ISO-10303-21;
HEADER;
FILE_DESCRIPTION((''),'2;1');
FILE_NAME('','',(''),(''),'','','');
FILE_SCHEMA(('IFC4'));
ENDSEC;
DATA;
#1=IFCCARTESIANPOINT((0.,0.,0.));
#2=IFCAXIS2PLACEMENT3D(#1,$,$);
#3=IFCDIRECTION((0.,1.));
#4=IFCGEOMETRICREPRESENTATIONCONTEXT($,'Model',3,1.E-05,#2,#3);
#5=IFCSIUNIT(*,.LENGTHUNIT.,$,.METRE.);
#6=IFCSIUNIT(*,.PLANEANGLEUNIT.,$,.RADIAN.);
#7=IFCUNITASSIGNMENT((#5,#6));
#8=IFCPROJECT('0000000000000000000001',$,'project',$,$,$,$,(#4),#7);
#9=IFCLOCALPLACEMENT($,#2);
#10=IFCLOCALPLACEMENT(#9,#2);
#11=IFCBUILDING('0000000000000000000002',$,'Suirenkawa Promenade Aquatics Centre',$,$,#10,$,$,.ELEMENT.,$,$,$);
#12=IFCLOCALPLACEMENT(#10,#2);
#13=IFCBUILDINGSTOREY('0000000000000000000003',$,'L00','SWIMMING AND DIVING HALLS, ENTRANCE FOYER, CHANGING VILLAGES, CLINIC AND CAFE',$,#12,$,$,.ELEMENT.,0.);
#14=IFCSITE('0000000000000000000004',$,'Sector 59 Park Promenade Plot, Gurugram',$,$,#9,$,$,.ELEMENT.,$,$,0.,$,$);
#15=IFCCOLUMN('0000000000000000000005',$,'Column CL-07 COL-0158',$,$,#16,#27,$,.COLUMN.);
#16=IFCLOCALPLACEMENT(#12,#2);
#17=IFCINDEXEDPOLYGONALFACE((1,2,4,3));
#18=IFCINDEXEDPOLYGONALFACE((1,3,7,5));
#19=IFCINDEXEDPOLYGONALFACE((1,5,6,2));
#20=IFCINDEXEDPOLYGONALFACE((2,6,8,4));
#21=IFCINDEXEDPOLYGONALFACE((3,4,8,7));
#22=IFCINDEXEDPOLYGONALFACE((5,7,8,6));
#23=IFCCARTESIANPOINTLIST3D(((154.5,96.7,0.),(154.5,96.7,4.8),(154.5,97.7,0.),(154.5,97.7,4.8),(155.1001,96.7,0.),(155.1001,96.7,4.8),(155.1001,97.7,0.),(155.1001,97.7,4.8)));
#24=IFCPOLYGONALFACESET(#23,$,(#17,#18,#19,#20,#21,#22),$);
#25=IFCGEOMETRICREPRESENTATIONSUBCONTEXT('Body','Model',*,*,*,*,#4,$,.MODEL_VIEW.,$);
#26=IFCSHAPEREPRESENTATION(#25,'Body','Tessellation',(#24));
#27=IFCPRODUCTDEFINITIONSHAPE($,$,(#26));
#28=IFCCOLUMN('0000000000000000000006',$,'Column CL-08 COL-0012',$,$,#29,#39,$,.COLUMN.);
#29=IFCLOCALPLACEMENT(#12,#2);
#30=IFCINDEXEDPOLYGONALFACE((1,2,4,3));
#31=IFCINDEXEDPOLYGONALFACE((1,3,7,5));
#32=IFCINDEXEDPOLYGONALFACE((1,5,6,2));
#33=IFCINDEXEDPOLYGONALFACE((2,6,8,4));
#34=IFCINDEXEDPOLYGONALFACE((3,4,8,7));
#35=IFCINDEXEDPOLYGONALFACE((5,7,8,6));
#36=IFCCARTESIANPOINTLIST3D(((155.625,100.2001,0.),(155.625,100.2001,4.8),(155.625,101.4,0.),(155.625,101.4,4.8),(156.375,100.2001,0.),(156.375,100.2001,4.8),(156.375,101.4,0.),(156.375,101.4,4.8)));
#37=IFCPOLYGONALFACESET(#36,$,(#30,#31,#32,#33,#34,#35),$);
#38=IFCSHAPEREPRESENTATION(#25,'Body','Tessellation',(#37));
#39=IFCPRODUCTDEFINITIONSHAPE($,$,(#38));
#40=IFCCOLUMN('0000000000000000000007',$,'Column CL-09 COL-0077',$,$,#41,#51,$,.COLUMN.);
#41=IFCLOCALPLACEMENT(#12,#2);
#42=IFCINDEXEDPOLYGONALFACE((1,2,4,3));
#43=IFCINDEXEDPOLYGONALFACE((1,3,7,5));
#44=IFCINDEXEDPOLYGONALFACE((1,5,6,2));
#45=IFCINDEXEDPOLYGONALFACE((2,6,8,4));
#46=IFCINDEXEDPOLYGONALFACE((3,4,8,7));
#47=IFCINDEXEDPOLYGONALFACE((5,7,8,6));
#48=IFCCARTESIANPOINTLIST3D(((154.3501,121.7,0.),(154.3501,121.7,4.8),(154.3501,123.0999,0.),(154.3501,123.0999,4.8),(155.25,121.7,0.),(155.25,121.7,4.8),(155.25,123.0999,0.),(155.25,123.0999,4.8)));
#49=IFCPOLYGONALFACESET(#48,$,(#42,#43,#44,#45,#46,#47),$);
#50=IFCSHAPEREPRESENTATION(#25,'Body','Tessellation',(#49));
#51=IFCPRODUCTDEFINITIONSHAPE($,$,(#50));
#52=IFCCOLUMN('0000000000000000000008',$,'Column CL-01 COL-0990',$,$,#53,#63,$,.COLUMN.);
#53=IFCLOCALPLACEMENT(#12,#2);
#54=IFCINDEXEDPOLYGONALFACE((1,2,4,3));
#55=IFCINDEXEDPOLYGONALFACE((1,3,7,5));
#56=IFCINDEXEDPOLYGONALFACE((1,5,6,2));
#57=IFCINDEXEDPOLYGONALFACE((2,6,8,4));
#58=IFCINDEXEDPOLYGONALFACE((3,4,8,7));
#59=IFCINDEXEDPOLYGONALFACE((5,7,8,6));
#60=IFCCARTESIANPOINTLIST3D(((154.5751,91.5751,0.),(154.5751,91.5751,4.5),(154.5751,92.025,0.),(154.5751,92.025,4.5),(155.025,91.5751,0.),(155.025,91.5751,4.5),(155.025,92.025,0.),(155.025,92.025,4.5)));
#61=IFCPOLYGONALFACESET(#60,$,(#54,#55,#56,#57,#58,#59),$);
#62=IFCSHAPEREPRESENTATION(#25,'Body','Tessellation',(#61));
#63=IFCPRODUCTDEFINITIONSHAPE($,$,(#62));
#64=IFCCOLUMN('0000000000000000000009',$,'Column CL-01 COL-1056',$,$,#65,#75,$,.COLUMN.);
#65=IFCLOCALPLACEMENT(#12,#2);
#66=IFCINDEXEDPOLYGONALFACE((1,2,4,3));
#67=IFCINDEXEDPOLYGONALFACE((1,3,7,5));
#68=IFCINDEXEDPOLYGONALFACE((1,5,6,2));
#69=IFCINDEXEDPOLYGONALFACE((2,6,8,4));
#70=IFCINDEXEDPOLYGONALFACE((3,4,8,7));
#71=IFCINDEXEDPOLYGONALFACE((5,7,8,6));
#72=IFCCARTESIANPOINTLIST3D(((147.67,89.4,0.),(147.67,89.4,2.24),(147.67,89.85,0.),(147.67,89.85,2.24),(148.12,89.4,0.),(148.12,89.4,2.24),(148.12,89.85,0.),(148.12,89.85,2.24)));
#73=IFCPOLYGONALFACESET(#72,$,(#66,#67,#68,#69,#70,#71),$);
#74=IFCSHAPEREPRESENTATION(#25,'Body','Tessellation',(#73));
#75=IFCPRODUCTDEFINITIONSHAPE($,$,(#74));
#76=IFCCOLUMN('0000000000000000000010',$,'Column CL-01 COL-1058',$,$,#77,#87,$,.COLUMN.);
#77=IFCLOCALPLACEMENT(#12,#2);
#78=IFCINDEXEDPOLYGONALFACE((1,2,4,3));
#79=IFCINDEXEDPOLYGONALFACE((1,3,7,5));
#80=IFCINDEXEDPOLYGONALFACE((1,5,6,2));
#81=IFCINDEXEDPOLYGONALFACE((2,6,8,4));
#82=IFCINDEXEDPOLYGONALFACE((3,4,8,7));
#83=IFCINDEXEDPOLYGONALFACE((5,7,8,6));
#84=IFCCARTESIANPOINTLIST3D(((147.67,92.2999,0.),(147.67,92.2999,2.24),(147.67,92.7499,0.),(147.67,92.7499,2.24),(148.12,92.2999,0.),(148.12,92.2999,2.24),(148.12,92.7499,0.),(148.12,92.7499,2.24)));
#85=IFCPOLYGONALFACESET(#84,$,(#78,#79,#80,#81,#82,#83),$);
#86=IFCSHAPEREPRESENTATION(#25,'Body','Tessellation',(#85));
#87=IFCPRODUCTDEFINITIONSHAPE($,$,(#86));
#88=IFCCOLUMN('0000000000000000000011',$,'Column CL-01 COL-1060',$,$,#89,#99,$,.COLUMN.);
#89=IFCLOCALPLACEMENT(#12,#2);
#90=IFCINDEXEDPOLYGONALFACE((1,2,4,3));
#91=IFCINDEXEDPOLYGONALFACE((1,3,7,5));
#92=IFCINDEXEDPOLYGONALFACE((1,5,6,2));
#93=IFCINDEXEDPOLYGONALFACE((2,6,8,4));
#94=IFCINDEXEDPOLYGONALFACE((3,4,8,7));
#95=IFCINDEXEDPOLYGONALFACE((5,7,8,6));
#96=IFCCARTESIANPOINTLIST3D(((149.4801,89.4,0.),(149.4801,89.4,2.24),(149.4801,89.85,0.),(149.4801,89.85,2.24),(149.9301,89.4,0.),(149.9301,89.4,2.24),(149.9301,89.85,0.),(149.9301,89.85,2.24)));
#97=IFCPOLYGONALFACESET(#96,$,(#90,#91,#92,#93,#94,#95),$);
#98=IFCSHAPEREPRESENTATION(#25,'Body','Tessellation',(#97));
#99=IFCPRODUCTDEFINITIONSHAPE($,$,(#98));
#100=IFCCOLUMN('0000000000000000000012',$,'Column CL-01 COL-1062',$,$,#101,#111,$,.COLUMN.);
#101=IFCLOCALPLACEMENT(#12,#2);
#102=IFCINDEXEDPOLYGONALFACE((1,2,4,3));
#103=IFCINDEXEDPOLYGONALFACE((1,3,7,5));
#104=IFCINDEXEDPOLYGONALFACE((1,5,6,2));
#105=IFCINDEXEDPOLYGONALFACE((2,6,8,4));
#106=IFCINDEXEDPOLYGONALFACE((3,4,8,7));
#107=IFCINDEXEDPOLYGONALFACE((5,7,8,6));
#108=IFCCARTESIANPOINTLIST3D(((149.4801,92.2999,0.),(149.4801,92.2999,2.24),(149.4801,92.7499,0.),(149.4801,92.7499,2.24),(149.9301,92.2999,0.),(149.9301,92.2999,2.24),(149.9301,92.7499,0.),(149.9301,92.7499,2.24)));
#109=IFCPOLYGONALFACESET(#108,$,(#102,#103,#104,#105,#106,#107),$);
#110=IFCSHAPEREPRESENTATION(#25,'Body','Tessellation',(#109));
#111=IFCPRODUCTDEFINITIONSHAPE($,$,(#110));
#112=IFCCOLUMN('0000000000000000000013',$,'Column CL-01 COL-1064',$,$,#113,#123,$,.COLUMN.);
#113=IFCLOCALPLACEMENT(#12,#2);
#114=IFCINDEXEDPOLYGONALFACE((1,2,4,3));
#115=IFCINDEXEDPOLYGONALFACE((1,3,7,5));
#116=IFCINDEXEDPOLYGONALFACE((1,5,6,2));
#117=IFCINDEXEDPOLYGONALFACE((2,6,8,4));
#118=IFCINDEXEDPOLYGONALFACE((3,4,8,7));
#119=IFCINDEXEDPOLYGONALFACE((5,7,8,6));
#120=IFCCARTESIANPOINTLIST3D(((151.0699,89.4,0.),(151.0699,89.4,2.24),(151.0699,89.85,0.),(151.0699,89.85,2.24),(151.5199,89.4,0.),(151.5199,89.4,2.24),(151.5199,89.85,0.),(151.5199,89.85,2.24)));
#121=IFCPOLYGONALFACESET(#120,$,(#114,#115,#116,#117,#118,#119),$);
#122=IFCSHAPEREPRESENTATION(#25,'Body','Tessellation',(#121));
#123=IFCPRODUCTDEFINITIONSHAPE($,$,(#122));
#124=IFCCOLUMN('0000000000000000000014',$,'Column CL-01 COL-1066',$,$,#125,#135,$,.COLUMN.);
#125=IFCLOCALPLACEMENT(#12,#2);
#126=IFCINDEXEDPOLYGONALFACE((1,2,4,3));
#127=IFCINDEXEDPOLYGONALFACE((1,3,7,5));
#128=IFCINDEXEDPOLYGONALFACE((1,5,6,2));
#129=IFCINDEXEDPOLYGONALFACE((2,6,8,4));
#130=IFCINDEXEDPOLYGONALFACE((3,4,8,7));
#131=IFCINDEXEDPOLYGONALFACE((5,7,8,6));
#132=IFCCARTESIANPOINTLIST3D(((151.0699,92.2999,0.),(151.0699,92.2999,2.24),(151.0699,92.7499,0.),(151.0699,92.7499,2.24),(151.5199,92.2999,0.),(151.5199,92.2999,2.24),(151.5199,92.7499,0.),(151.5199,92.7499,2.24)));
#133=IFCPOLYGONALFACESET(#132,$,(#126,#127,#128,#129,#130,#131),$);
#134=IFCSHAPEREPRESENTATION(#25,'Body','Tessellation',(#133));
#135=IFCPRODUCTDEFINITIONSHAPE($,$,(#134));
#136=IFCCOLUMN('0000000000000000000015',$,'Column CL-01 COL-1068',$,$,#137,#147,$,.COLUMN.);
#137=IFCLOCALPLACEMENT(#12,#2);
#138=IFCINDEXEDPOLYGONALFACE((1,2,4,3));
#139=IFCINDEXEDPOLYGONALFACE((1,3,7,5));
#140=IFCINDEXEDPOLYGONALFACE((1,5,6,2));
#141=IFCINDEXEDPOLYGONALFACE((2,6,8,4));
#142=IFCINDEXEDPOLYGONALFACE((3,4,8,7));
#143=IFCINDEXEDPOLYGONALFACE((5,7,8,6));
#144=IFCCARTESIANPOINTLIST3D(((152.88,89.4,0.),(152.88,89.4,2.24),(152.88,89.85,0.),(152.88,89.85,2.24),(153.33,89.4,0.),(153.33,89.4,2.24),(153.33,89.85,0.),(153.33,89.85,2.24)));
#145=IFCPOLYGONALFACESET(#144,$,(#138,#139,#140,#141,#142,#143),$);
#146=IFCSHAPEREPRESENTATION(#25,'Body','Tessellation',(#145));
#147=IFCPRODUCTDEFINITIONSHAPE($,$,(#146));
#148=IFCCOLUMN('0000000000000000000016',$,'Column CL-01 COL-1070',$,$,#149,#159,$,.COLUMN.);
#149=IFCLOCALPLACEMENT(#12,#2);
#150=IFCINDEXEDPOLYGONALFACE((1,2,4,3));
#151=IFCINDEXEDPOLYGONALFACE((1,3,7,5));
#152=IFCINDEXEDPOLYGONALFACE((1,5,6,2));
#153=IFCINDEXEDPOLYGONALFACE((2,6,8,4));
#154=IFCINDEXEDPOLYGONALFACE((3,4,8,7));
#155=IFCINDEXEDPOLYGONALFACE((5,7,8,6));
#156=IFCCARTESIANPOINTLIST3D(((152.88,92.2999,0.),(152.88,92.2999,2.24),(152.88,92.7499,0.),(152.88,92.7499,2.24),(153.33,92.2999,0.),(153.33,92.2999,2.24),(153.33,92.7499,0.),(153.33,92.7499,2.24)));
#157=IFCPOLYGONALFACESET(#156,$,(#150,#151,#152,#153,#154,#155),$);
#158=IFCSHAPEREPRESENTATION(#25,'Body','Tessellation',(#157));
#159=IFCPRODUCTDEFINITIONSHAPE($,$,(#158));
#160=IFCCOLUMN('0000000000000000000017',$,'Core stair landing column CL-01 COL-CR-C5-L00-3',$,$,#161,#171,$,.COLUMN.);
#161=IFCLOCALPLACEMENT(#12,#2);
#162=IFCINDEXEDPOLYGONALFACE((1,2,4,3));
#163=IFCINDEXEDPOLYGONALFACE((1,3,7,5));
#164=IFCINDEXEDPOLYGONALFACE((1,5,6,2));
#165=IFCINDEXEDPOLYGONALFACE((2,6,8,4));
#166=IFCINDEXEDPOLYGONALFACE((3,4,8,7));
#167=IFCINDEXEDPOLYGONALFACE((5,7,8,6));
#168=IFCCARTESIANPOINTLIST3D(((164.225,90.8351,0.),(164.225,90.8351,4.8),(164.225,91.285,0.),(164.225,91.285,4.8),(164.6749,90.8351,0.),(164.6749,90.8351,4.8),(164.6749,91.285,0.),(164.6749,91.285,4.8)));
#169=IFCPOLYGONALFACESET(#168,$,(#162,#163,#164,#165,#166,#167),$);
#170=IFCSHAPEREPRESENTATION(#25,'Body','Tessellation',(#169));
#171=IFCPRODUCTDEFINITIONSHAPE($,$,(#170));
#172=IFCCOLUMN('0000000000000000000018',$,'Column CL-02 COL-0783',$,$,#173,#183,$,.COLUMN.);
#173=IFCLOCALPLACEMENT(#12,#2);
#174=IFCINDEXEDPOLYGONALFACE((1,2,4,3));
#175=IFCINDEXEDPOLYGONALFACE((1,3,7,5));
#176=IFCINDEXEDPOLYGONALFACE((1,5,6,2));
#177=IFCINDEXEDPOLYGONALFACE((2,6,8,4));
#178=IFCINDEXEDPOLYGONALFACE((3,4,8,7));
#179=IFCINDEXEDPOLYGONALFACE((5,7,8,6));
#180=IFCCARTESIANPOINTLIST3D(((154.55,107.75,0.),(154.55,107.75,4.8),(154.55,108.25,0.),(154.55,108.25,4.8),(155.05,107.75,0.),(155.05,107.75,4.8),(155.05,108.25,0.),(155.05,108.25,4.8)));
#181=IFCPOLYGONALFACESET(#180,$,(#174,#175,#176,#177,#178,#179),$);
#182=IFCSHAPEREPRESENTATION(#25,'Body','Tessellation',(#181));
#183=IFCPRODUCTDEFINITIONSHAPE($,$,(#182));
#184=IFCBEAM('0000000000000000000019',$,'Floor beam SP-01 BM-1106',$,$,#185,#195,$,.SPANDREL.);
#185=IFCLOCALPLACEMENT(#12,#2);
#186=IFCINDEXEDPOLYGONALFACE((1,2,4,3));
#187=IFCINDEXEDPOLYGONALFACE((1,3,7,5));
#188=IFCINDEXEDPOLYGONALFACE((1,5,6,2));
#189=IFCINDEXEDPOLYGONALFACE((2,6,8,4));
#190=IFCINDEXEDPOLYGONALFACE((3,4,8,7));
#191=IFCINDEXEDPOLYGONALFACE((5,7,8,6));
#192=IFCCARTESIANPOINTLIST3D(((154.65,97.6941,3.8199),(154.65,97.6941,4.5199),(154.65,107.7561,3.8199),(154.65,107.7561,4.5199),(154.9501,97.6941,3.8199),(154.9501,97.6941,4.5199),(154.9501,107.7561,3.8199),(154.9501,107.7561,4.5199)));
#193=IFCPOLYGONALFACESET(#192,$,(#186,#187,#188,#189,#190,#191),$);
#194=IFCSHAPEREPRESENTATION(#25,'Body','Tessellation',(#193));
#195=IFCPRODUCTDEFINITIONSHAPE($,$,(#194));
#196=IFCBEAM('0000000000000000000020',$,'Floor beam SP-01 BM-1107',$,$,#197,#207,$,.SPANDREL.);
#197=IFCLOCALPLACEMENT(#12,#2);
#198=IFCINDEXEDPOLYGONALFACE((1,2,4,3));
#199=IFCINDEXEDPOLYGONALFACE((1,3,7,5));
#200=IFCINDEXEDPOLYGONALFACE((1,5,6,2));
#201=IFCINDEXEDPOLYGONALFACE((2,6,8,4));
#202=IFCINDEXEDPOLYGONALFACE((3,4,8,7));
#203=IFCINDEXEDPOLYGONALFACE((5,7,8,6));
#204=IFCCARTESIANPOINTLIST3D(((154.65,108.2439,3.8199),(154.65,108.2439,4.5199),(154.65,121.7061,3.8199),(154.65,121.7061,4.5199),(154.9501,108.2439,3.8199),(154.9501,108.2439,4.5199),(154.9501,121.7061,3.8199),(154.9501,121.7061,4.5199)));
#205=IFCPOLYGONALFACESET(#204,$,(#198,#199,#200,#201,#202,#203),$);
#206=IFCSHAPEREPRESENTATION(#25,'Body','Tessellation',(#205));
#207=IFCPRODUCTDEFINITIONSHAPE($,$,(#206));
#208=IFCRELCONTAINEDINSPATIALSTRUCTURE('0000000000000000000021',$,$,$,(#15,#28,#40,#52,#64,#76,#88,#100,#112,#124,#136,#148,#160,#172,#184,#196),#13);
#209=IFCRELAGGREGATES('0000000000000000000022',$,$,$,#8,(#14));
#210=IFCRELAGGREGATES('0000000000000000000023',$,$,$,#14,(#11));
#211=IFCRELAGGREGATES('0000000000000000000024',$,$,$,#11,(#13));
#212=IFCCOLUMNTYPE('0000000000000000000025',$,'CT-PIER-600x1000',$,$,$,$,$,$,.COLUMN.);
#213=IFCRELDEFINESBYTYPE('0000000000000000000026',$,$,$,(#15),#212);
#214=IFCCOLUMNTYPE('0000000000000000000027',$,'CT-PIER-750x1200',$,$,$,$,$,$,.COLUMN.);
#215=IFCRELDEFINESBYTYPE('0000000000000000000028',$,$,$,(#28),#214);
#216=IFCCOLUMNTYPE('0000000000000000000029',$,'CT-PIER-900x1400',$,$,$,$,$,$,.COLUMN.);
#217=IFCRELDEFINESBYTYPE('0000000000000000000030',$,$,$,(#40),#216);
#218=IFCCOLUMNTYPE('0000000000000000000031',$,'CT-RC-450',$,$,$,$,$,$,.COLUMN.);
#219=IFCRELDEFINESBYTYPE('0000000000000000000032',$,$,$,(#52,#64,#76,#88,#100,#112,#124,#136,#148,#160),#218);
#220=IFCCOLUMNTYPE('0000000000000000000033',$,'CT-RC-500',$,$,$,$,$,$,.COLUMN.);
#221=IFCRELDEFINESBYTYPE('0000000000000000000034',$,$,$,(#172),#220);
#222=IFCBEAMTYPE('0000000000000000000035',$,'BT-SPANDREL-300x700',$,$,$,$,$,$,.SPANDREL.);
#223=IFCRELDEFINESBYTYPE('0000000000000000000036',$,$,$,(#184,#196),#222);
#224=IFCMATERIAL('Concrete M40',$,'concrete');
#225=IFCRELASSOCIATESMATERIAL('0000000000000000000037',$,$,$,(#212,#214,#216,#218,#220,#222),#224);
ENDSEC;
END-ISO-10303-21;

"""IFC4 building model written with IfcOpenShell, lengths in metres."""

from ifc_helpers import new_model, si_unit, direction, frame, origin, origin_2d, place, context, subcontext, project, spatial, rectangle, extrude, material, material_profile, profile_set, type_object, element, save


model = new_model("IFC4")

# Units and contexts
model_context = context("Model", 3, precision=1e-05, world=origin(), true_north=direction((0.0, 1.0)))
body_context = subcontext(model_context, "Body", "Model", "MODEL_VIEW")
ifc_project = project(units=[si_unit("LENGTHUNIT", "METRE"), si_unit("PLANEANGLEUNIT", "RADIAN")], contexts=[model_context])

# Site, building, storey
site_placement = place(None, origin())
site = spatial("IfcSite", under=ifc_project, at=site_placement, Name="Sector 59 Park Promenade Plot, Gurugram", CompositionType="ELEMENT", RefElevation=0.0)
building_placement = place(site_placement, origin())
building = spatial("IfcBuilding", under=site, at=building_placement, Name="Suirenkawa Promenade Aquatics Centre", CompositionType="ELEMENT")
storey_placement = place(building_placement, origin())
storey = spatial("IfcBuildingStorey", under=building, at=storey_placement, Name="L00", Description="SWIMMING AND DIVING HALLS, ENTRANCE FOYER, CHANGING VILLAGES, CLINIC AND CAFE", CompositionType="ELEMENT", Elevation=0.0)

# Columns
ifc_material_1 = material(Name="Concrete M40", Category="concrete")
ifc_material_profile_1 = material_profile(ifc_material_1, rectangle(XDim=0.6001, YDim=1.0, at=origin_2d()), Name="RC PIER 600x1000", Category="concrete")
ifc_profile_set_1 = profile_set([ifc_material_profile_1], Name="Concrete M40")
column_type_1 = type_object("IfcColumnType", Name="CT-PIER-600x1000", PredefinedType="COLUMN", material=ifc_profile_set_1)
column_1_placement = place(storey_placement, frame((154.8, 97.2, 0.0), z_axis=(0.0, 0.0, 1.0), x_axis=(1.0, 0.0, 0.0)))
element("IfcColumn", 1, at=column_1_placement, inside=storey, type_object=column_type_1, Name="Column CL-07 COL-0158", PredefinedType="COLUMN", context=body_context, shape_type="SweptSolid", body=[
    extrude(rectangle(XDim=0.6001, YDim=1.0, at=origin_2d()), origin(), (0.0, 0.0, 1.0), 4.8),
])
ifc_material_profile_2 = material_profile(ifc_material_1, rectangle(XDim=0.75, YDim=1.2, at=origin_2d()), Name="RC PIER 750x1200", Category="concrete")
ifc_profile_set_2 = profile_set([ifc_material_profile_2], Name="Concrete M40")
column_type_2 = type_object("IfcColumnType", Name="CT-PIER-750x1200", PredefinedType="COLUMN", material=ifc_profile_set_2)
column_2_placement = place(storey_placement, frame((156.0, 100.8, 0.0), z_axis=(0.0, 0.0, 1.0), x_axis=(1.0, 0.0, 0.0)))
element("IfcColumn", 2, at=column_2_placement, inside=storey, type_object=column_type_2, Name="Column CL-08 COL-0012", PredefinedType="COLUMN", context=body_context, shape_type="SweptSolid", body=[
    extrude(rectangle(XDim=0.75, YDim=1.2, at=origin_2d()), origin(), (0.0, 0.0, 1.0), 4.8),
])
ifc_material_profile_3 = material_profile(ifc_material_1, rectangle(XDim=0.8999, YDim=1.3999, at=origin_2d()), Name="RC PIER 900x1400", Category="concrete")
ifc_profile_set_3 = profile_set([ifc_material_profile_3], Name="Concrete M40")
column_type_3 = type_object("IfcColumnType", Name="CT-PIER-900x1400", PredefinedType="COLUMN", material=ifc_profile_set_3)
column_3_placement = place(storey_placement, frame((154.8, 122.3999, 0.0), z_axis=(0.0, 0.0, 1.0), x_axis=(1.0, 0.0, 0.0)))
element("IfcColumn", 3, at=column_3_placement, inside=storey, type_object=column_type_3, Name="Column CL-09 COL-0077", PredefinedType="COLUMN", context=body_context, shape_type="SweptSolid", body=[
    extrude(rectangle(XDim=0.8999, YDim=1.3999, at=origin_2d()), origin(), (0.0, 0.0, 1.0), 4.8),
])
ifc_material_profile_4 = material_profile(ifc_material_1, rectangle(XDim=0.45, YDim=0.45, at=origin_2d()), Name="RC COL 450x450", Category="concrete")
ifc_profile_set_4 = profile_set([ifc_material_profile_4], Name="Concrete M40")
column_type_4 = type_object("IfcColumnType", Name="CT-RC-450", PredefinedType="COLUMN", material=ifc_profile_set_4)
column_4_placement = place(storey_placement, frame((154.8, 91.8, 0.0), z_axis=(0.0, 0.0, 1.0), x_axis=(1.0, 0.0, 0.0)))
element("IfcColumn", 4, at=column_4_placement, inside=storey, type_object=column_type_4, Name="Column CL-01 COL-0990", PredefinedType="COLUMN", context=body_context, shape_type="SweptSolid", body=[
    extrude(rectangle(XDim=0.45, YDim=0.45, at=origin_2d()), origin(), (0.0, 0.0, 1.0), 4.5),
])
for number, where, z_axis, x_axis, name in (
    (5, (147.895, 89.625, 0.0), (0.0, 0.0, 1.0), (1.0, 0.0, 0.0), "Column CL-01 COL-1056"),
    (6, (147.895, 92.5249, 0.0), (0.0, 0.0, 1.0), (1.0, 0.0, 0.0), "Column CL-01 COL-1058"),
    (7, (149.7051, 89.625, 0.0), (0.0, 0.0, 1.0), (1.0, 0.0, 0.0), "Column CL-01 COL-1060"),
    (8, (149.7051, 92.5249, 0.0), (0.0, 0.0, 1.0), (1.0, 0.0, 0.0), "Column CL-01 COL-1062"),
    (9, (151.2949, 89.625, 0.0), (0.0, 0.0, 1.0), (1.0, 0.0, 0.0), "Column CL-01 COL-1064"),
    (10, (151.2949, 92.5249, 0.0), (0.0, 0.0, 1.0), (1.0, 0.0, 0.0), "Column CL-01 COL-1066"),
    (11, (153.105, 89.625, 0.0), (0.0, 0.0, 1.0), (1.0, 0.0, 0.0), "Column CL-01 COL-1068"),
    (12, (153.105, 92.5249, 0.0), (0.0, 0.0, 1.0), (1.0, 0.0, 0.0), "Column CL-01 COL-1070"),
):
    element("IfcColumn", number, at=place(storey_placement, frame(where, z_axis=z_axis, x_axis=x_axis)), inside=storey, type_object=column_type_4, Name=name, PredefinedType="COLUMN", context=body_context, shape_type="SweptSolid", body=[
        extrude(rectangle(XDim=0.45, YDim=0.45, at=origin_2d()), origin(), (0.0, 0.0, 1.0), 2.24),
    ])
column_5_placement = place(storey_placement, frame((164.45, 91.0601, 0.0), z_axis=(0.0, 0.0, 1.0), x_axis=(1.0, 0.0, 0.0)))
element("IfcColumn", 13, at=column_5_placement, inside=storey, type_object=column_type_4, Name="Core stair landing column CL-01 COL-CR-C5-L00-3", PredefinedType="COLUMN", context=body_context, shape_type="SweptSolid", body=[
    extrude(rectangle(XDim=0.45, YDim=0.45, at=origin_2d()), origin(), (0.0, 0.0, 1.0), 4.8),
])
ifc_material_profile_5 = material_profile(ifc_material_1, rectangle(XDim=0.5, YDim=0.5, at=origin_2d()), Name="RC COL 500x500", Category="concrete")
ifc_profile_set_5 = profile_set([ifc_material_profile_5], Name="Concrete M40")
column_type_5 = type_object("IfcColumnType", Name="CT-RC-500", PredefinedType="COLUMN", material=ifc_profile_set_5)
column_6_placement = place(storey_placement, frame((154.8, 108.0, 0.0), z_axis=(0.0, 0.0, 1.0), x_axis=(1.0, 0.0, 0.0)))
element("IfcColumn", 14, at=column_6_placement, inside=storey, type_object=column_type_5, Name="Column CL-02 COL-0783", PredefinedType="COLUMN", context=body_context, shape_type="SweptSolid", body=[
    extrude(rectangle(XDim=0.5, YDim=0.5, at=origin_2d()), origin(), (0.0, 0.0, 1.0), 4.8),
])

# Beams
ifc_material_profile_6 = material_profile(ifc_material_1, rectangle(XDim=0.3, YDim=0.7, at=origin_2d()), Name="RC SPANDREL 300x700", Category="concrete")
ifc_profile_set_6 = profile_set([ifc_material_profile_6], Name="Concrete M40")
beam_type = type_object("IfcBeamType", Name="BT-SPANDREL-300x700", PredefinedType="SPANDREL", material=ifc_profile_set_6)
beam_1_placement = place(storey_placement, frame((154.8, 97.6941, 4.1699), z_axis=(0.0, 1.0, 0.0), x_axis=(-1.0, 0.0, 0.0)))
element("IfcBeam", 15, at=beam_1_placement, inside=storey, type_object=beam_type, Name="Floor beam SP-01 BM-1106", PredefinedType="SPANDREL", context=body_context, shape_type="SweptSolid", body=[
    extrude(rectangle(XDim=0.3, YDim=0.7, at=origin_2d()), origin(), (0.0, 0.0, 1.0), 10.062),
])
beam_2_placement = place(storey_placement, frame((154.8, 108.2439, 4.1699), z_axis=(0.0, 1.0, 0.0), x_axis=(-1.0, 0.0, 0.0)))
element("IfcBeam", 16, at=beam_2_placement, inside=storey, type_object=beam_type, Name="Floor beam SP-01 BM-1107", PredefinedType="SPANDREL", context=body_context, shape_type="SweptSolid", body=[
    extrude(rectangle(XDim=0.3, YDim=0.7, at=origin_2d()), origin(), (0.0, 0.0, 1.0), 13.4622),
])

save(model, "model.ifc")
